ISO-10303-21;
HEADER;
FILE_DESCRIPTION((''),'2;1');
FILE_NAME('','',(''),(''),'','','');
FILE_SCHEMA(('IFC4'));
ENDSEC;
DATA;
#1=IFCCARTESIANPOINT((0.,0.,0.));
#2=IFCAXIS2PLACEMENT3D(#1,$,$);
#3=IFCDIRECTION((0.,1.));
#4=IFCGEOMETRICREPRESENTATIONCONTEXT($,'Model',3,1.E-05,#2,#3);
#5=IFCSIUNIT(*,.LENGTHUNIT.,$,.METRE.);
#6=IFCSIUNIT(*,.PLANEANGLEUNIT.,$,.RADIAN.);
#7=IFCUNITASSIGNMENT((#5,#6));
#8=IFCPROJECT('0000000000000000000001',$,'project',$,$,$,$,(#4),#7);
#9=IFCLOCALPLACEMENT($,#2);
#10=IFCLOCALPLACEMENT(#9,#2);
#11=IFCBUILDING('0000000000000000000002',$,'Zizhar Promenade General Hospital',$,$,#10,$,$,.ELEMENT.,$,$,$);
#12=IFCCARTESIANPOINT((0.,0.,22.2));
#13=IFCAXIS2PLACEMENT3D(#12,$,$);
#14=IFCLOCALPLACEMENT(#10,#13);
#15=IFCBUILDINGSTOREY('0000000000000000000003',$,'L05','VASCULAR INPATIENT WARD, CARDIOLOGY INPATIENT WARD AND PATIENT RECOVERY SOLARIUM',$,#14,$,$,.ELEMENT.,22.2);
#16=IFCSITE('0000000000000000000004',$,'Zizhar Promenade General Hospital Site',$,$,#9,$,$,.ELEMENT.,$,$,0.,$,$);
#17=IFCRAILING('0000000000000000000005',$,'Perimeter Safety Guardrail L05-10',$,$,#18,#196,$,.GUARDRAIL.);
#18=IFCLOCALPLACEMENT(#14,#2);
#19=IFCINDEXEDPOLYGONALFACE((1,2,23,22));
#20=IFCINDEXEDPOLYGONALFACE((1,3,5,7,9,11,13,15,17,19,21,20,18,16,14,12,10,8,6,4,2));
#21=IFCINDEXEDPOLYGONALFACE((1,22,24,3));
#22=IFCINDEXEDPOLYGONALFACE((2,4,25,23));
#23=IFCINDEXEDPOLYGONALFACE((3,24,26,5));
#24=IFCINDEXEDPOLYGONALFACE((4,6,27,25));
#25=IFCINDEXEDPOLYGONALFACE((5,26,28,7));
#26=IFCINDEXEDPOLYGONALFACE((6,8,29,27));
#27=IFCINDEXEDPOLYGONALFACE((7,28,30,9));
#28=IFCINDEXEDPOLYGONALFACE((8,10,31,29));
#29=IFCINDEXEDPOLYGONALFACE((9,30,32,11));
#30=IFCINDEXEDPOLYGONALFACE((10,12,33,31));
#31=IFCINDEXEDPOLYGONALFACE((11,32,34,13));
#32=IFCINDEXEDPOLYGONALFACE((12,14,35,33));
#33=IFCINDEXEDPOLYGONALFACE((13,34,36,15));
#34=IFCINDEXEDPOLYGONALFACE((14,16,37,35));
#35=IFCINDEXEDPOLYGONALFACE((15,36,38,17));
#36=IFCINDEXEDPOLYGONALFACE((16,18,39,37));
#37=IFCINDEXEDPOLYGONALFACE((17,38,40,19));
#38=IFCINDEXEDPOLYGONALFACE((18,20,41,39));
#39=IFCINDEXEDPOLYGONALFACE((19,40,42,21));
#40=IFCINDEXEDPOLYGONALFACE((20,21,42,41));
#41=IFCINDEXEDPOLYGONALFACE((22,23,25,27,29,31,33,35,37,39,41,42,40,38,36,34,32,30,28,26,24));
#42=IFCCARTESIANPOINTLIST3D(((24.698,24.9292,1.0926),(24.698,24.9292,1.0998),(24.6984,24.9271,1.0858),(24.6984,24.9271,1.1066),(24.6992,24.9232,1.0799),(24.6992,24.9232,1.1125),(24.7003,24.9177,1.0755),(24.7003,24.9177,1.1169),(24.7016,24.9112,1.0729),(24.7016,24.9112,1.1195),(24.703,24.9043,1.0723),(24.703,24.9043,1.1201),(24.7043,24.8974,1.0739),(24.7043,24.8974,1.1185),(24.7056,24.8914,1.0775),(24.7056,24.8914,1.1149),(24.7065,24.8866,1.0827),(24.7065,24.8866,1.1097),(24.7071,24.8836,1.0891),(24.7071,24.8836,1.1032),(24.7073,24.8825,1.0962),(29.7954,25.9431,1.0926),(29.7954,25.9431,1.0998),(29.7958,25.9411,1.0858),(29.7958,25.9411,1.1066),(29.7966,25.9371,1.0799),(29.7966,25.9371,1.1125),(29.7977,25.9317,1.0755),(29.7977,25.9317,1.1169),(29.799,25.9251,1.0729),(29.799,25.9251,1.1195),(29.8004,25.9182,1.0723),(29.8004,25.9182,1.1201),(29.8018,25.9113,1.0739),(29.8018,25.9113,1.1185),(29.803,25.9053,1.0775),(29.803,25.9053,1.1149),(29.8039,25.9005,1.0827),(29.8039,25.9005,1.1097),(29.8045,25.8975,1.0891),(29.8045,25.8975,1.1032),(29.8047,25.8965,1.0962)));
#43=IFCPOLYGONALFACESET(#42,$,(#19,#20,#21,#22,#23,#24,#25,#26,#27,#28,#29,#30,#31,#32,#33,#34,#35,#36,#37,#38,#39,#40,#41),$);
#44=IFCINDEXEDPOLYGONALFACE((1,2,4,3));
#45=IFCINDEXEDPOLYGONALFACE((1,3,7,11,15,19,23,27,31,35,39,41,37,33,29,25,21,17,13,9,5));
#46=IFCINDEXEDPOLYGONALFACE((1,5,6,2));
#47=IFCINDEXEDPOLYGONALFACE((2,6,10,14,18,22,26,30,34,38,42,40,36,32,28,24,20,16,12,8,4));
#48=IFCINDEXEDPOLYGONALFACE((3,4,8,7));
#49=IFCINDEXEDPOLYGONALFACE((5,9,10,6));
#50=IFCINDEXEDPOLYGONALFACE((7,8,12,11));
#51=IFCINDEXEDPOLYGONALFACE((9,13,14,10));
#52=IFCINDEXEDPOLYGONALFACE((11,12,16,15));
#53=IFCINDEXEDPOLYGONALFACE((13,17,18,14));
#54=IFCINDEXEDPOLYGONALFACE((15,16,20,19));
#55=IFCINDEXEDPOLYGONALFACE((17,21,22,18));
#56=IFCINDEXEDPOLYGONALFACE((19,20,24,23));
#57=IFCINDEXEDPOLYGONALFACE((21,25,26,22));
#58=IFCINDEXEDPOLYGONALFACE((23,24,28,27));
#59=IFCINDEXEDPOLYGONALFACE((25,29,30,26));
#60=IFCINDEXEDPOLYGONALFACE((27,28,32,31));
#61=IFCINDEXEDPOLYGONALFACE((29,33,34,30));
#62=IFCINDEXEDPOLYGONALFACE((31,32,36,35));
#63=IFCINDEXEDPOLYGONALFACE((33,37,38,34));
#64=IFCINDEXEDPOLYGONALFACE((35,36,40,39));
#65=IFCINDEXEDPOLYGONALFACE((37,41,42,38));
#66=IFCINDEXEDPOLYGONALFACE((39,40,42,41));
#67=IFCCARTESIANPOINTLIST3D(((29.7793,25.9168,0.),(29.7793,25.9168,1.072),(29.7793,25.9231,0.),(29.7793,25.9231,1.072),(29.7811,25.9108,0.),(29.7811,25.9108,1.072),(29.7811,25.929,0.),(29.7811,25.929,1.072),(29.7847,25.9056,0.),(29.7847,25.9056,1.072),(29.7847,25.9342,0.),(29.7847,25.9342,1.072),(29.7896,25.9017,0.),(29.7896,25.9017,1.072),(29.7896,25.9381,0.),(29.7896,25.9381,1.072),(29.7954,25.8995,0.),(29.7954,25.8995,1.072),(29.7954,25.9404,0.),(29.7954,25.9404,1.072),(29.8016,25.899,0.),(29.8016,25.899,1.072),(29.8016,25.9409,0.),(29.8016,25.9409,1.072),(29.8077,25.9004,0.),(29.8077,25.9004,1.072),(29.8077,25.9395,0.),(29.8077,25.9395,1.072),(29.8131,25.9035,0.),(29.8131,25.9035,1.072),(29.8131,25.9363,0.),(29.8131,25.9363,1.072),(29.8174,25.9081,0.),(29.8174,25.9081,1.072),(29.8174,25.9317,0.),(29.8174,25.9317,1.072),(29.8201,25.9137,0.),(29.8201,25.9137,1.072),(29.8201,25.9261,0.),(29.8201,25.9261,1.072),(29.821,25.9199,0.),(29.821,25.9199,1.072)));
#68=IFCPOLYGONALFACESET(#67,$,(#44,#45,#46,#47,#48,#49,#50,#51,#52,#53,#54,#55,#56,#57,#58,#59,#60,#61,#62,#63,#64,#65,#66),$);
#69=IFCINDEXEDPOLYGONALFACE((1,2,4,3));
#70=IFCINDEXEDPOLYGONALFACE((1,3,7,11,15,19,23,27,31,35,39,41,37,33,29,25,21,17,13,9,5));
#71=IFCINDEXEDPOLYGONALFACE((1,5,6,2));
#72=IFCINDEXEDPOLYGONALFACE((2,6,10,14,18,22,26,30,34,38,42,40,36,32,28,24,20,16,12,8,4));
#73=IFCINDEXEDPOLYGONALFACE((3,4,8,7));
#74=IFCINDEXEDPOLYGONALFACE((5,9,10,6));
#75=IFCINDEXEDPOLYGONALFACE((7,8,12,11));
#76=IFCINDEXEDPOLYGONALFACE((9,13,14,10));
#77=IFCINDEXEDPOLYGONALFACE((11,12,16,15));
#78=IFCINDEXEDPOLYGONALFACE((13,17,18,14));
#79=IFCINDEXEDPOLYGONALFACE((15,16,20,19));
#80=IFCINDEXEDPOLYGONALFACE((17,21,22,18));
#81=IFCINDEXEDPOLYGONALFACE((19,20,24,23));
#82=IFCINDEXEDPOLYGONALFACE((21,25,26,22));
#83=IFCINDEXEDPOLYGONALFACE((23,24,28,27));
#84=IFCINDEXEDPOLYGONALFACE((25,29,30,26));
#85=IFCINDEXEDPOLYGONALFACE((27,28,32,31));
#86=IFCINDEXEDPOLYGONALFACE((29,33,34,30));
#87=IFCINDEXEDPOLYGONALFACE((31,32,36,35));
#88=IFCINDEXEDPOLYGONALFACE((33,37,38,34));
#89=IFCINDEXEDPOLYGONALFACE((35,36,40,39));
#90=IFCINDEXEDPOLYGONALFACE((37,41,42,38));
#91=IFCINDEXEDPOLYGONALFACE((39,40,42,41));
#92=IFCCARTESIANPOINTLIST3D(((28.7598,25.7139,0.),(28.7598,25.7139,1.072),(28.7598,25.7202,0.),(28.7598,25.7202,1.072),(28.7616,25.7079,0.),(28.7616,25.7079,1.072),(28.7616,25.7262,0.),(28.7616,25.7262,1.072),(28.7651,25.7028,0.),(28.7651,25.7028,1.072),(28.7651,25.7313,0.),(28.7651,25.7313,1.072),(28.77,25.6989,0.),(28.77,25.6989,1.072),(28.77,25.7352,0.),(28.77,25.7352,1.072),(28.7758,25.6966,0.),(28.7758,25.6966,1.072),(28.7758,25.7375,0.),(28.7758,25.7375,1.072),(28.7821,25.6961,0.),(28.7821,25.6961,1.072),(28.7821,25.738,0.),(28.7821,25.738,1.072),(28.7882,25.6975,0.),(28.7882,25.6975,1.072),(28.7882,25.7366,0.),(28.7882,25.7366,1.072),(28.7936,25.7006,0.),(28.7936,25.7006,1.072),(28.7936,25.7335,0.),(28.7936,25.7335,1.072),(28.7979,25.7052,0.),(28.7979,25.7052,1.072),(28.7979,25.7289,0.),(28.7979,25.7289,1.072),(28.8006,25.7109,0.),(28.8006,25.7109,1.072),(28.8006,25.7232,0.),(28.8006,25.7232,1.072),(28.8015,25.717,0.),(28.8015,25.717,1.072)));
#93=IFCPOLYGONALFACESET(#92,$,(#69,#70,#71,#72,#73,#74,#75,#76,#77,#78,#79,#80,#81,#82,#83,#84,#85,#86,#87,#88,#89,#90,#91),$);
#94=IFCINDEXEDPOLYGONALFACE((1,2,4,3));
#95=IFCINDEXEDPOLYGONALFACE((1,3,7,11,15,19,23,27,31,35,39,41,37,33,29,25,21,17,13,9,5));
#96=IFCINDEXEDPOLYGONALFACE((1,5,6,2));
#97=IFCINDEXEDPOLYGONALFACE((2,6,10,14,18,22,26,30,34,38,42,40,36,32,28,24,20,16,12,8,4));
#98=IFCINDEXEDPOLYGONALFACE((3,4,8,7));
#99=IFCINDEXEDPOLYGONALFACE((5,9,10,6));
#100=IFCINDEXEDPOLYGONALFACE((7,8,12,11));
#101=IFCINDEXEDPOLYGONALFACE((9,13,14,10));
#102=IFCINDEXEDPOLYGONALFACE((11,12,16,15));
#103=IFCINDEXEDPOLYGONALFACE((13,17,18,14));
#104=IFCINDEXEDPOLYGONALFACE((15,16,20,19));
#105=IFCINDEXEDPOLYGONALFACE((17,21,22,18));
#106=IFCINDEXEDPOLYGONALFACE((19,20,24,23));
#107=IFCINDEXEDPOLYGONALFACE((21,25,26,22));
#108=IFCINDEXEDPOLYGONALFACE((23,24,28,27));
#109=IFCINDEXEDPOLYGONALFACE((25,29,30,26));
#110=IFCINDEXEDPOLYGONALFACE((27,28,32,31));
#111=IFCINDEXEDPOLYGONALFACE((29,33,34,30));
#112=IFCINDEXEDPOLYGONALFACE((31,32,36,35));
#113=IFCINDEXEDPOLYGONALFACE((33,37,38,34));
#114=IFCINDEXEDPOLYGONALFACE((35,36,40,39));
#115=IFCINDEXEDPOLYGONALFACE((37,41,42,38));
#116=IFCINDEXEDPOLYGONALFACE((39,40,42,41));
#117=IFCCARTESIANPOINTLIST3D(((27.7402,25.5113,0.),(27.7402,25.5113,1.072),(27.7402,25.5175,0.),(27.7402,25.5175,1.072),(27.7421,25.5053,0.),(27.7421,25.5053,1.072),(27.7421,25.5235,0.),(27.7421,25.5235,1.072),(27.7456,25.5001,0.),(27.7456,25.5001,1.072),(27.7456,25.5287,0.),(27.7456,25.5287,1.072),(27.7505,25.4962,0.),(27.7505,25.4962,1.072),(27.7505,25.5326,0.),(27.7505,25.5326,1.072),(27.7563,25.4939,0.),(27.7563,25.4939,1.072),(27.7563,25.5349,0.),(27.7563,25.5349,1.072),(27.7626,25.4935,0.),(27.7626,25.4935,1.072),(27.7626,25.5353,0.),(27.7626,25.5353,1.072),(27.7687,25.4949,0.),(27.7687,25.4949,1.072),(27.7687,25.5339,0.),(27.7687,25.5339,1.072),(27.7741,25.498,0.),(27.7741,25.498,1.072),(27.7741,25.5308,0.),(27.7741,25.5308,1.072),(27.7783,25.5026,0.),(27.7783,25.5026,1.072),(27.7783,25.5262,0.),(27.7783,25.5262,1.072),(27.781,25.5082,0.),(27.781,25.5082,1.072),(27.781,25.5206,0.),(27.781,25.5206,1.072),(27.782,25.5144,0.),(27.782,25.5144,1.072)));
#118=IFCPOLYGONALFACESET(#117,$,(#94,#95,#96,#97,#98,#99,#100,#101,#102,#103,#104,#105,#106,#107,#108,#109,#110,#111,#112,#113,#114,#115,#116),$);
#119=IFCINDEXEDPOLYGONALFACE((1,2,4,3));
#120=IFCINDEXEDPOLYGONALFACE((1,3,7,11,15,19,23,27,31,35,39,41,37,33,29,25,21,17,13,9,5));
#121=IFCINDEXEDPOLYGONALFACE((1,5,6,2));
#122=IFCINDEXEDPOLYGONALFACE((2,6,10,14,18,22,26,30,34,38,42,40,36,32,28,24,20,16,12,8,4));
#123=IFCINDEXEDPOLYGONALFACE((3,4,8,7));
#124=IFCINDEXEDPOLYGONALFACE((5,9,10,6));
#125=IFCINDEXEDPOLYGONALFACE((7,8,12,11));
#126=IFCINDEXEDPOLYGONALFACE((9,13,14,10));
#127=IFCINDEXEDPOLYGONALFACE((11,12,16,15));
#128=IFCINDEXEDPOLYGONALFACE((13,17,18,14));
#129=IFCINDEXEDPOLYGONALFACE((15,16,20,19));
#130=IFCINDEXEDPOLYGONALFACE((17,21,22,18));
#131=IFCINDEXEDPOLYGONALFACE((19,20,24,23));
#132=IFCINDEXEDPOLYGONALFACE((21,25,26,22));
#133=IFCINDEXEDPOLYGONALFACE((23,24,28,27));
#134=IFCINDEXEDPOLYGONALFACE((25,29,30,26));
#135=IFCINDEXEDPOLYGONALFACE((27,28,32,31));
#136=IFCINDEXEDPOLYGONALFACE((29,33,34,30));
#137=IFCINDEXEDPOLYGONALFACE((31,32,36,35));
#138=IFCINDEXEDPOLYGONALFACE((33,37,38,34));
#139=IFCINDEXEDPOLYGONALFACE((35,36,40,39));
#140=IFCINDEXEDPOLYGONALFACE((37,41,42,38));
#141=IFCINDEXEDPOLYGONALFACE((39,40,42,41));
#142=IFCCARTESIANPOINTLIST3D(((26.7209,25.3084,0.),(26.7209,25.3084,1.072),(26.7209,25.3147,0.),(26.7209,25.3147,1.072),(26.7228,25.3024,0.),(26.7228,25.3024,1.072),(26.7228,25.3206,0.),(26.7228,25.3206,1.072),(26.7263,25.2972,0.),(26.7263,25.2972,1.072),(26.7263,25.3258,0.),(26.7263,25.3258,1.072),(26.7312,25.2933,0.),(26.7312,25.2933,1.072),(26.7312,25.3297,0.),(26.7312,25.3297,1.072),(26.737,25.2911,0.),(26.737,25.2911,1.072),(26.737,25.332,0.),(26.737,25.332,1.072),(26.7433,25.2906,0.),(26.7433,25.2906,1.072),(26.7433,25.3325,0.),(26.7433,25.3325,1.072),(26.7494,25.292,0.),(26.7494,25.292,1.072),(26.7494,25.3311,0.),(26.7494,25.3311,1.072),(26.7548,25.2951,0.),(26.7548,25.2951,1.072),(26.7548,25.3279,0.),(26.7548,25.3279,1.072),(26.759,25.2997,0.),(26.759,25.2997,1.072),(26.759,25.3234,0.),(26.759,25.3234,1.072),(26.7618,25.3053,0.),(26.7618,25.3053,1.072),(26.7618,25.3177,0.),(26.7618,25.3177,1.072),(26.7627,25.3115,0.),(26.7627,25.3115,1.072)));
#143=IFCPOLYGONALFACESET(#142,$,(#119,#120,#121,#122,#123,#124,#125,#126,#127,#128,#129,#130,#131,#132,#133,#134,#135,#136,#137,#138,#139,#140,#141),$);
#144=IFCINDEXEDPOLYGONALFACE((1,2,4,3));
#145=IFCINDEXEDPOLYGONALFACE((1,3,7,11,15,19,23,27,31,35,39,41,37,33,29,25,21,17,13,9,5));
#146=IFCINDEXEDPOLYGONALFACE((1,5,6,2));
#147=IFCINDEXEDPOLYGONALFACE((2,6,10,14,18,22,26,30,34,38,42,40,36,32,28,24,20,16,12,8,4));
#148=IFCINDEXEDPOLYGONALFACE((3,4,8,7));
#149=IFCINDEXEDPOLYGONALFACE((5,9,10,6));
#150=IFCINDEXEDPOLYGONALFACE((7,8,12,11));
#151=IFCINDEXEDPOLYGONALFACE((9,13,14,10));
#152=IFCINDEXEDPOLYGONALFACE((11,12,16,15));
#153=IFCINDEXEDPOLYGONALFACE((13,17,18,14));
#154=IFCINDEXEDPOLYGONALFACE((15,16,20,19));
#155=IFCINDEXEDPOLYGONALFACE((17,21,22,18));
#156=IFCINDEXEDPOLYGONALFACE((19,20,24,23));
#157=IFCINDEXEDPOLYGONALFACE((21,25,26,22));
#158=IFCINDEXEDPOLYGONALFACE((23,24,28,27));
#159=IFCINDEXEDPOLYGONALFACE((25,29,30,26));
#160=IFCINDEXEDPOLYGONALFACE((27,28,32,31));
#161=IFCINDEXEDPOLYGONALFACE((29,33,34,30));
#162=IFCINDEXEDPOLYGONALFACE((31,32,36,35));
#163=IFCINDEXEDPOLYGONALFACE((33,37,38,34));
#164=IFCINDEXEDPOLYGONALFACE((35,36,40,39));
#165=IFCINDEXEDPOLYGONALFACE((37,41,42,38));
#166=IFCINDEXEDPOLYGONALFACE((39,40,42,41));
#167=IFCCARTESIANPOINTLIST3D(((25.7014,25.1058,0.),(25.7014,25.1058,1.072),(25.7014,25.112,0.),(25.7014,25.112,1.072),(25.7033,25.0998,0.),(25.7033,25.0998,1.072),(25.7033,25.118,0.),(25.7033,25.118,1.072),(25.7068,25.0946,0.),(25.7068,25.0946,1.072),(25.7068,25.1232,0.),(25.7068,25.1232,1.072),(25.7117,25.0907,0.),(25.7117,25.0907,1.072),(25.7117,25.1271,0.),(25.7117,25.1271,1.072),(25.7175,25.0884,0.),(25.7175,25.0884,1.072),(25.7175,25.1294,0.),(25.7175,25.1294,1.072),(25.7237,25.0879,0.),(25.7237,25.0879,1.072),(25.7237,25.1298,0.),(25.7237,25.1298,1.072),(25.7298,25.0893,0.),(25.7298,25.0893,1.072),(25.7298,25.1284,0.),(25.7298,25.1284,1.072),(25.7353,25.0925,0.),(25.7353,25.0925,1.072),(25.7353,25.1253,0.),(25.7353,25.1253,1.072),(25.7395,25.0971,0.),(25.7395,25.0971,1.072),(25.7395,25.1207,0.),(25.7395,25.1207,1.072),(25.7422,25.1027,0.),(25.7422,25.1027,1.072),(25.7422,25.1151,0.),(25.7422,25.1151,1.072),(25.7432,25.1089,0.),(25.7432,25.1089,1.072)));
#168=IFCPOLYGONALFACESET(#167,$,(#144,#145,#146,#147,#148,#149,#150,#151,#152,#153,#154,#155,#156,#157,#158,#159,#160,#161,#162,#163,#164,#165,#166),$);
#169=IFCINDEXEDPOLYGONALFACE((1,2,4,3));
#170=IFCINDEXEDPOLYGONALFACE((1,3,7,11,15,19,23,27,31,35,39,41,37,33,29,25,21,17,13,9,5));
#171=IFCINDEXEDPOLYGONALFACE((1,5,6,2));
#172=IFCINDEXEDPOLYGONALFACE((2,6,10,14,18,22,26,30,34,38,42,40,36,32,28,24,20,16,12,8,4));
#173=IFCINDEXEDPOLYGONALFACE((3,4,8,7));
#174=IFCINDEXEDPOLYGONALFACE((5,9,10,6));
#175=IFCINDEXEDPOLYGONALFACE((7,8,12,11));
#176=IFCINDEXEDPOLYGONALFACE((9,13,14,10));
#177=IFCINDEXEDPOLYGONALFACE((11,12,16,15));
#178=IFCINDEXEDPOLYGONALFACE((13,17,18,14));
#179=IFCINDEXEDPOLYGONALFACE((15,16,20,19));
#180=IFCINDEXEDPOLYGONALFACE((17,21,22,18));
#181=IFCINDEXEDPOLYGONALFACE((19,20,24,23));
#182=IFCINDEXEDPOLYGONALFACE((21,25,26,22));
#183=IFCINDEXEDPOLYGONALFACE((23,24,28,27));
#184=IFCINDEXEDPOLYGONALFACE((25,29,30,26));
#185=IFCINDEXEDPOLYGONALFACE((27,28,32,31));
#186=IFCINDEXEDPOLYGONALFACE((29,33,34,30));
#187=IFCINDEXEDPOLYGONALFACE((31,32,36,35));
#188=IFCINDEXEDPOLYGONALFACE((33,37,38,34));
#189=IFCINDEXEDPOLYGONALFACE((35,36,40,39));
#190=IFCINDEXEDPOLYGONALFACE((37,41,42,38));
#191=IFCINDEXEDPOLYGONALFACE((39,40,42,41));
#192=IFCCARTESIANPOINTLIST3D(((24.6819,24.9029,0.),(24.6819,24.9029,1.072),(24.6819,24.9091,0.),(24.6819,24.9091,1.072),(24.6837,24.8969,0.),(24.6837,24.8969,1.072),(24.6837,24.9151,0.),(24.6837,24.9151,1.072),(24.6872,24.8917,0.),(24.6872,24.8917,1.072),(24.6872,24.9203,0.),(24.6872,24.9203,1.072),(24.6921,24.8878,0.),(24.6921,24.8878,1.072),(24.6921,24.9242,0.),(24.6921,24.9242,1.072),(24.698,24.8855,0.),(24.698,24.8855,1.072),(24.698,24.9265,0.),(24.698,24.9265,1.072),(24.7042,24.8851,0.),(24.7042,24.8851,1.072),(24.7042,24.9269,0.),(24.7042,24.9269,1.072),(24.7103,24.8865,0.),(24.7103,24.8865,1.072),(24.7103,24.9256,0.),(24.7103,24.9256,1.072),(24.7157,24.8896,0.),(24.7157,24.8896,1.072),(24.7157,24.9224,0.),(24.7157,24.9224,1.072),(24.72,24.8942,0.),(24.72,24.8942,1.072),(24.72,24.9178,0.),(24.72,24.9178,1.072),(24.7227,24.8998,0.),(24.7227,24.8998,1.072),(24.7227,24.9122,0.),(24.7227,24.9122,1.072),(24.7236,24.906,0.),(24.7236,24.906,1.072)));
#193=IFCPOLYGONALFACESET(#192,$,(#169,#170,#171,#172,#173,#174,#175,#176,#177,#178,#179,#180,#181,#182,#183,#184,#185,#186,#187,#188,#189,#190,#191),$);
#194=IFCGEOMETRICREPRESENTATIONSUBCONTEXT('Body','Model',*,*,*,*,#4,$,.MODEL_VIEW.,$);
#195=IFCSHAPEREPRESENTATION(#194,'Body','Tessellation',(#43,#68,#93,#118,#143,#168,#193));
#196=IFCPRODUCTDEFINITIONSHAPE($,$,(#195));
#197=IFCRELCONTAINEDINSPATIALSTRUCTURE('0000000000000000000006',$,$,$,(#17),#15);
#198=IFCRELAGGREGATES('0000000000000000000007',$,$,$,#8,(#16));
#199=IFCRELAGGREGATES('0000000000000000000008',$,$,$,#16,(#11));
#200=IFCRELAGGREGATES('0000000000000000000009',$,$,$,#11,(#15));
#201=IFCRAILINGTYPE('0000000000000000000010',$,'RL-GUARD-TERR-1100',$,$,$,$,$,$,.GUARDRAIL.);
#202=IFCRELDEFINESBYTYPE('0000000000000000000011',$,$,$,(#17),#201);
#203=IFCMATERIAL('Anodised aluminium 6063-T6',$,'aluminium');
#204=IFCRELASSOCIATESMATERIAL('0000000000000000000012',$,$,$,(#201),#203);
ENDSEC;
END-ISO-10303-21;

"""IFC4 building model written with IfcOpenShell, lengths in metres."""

from ifc_helpers import new_model, si_unit, direction, frame, origin, origin_2d, place, context, subcontext, project, spatial, circle, hollow_circle, extrude, material, material_profile, profile_set, type_object, element, save


model = new_model("IFC4")

# Units and contexts
model_context = context("Model", 3, precision=1e-05, world=origin(), true_north=direction((0.0, 1.0)))
body_context = subcontext(model_context, "Body", "Model", "MODEL_VIEW")
ifc_project = project(units=[si_unit("LENGTHUNIT", "METRE"), si_unit("PLANEANGLEUNIT", "RADIAN")], contexts=[model_context])

# Site, building, storey
site_placement = place(None, origin())
site = spatial("IfcSite", under=ifc_project, at=site_placement, Name="Zizhar Promenade General Hospital Site", CompositionType="ELEMENT", RefElevation=0.0)
building_placement = place(site_placement, origin())
building = spatial("IfcBuilding", under=site, at=building_placement, Name="Zizhar Promenade General Hospital", CompositionType="ELEMENT")
storey_placement = place(building_placement, frame((0.0, 0.0, 22.2)))
storey = spatial("IfcBuildingStorey", under=building, at=storey_placement, Name="L05", Description="VASCULAR INPATIENT WARD, CARDIOLOGY INPATIENT WARD AND PATIENT RECOVERY SOLARIUM", CompositionType="ELEMENT", Elevation=22.2)

# Railing
ifc_material_1 = material(Name="Anodised aluminium 6063-T6", Category="aluminium")
ifc_material_profile_1 = material_profile(ifc_material_1, hollow_circle(Radius=0.0698, WallThickness=0.0063, at=origin_2d()))
ifc_profile_set_1 = profile_set([ifc_material_profile_1], Name="Anodised aluminium 6063-T6")
railing_type = type_object("IfcRailingType", Name="RL-GUARD-TERR-1100", PredefinedType="GUARDRAIL", material=ifc_profile_set_1)
railing_placement = place(storey_placement, frame((29.8, 25.9199, 0.0)))
element("IfcRailing", 1, at=railing_placement, inside=storey, type_object=railing_type, Name="Perimeter Safety Guardrail L05-10", PredefinedType="GUARDRAIL", context=body_context, shape_type="SweptSolid", body=[
    extrude(circle(Radius=0.0239, at=origin_2d()), frame((0.0, 0.0, 1.0962), z_axis=(-0.980786, -0.195086, 0.0), x_axis=(0.195086, -0.980786, 0.0)), (0.0, 0.0, 1.0), 5.1973),
    extrude(circle(Radius=0.021, at=origin_2d()), origin(), (0.0, 0.0, 1.0), 1.072),
    extrude(circle(Radius=0.021, at=origin_2d()), frame((-1.0195, -0.2029, 0.0)), (0.0, 0.0, 1.0), 1.072),
    extrude(circle(Radius=0.021, at=origin_2d()), frame((-2.0391, -0.4055, 0.0)), (0.0, 0.0, 1.0), 1.072),
    extrude(circle(Radius=0.021, at=origin_2d()), frame((-3.0583, -0.6084, 0.0)), (0.0, 0.0, 1.0), 1.072),
    extrude(circle(Radius=0.021, at=origin_2d()), frame((-4.0779, -0.811, 0.0)), (0.0, 0.0, 1.0), 1.072),
    extrude(circle(Radius=0.021, at=origin_2d()), frame((-5.0974, -1.0139, 0.0)), (0.0, 0.0, 1.0), 1.072),
])

save(model, "model.ifc")
